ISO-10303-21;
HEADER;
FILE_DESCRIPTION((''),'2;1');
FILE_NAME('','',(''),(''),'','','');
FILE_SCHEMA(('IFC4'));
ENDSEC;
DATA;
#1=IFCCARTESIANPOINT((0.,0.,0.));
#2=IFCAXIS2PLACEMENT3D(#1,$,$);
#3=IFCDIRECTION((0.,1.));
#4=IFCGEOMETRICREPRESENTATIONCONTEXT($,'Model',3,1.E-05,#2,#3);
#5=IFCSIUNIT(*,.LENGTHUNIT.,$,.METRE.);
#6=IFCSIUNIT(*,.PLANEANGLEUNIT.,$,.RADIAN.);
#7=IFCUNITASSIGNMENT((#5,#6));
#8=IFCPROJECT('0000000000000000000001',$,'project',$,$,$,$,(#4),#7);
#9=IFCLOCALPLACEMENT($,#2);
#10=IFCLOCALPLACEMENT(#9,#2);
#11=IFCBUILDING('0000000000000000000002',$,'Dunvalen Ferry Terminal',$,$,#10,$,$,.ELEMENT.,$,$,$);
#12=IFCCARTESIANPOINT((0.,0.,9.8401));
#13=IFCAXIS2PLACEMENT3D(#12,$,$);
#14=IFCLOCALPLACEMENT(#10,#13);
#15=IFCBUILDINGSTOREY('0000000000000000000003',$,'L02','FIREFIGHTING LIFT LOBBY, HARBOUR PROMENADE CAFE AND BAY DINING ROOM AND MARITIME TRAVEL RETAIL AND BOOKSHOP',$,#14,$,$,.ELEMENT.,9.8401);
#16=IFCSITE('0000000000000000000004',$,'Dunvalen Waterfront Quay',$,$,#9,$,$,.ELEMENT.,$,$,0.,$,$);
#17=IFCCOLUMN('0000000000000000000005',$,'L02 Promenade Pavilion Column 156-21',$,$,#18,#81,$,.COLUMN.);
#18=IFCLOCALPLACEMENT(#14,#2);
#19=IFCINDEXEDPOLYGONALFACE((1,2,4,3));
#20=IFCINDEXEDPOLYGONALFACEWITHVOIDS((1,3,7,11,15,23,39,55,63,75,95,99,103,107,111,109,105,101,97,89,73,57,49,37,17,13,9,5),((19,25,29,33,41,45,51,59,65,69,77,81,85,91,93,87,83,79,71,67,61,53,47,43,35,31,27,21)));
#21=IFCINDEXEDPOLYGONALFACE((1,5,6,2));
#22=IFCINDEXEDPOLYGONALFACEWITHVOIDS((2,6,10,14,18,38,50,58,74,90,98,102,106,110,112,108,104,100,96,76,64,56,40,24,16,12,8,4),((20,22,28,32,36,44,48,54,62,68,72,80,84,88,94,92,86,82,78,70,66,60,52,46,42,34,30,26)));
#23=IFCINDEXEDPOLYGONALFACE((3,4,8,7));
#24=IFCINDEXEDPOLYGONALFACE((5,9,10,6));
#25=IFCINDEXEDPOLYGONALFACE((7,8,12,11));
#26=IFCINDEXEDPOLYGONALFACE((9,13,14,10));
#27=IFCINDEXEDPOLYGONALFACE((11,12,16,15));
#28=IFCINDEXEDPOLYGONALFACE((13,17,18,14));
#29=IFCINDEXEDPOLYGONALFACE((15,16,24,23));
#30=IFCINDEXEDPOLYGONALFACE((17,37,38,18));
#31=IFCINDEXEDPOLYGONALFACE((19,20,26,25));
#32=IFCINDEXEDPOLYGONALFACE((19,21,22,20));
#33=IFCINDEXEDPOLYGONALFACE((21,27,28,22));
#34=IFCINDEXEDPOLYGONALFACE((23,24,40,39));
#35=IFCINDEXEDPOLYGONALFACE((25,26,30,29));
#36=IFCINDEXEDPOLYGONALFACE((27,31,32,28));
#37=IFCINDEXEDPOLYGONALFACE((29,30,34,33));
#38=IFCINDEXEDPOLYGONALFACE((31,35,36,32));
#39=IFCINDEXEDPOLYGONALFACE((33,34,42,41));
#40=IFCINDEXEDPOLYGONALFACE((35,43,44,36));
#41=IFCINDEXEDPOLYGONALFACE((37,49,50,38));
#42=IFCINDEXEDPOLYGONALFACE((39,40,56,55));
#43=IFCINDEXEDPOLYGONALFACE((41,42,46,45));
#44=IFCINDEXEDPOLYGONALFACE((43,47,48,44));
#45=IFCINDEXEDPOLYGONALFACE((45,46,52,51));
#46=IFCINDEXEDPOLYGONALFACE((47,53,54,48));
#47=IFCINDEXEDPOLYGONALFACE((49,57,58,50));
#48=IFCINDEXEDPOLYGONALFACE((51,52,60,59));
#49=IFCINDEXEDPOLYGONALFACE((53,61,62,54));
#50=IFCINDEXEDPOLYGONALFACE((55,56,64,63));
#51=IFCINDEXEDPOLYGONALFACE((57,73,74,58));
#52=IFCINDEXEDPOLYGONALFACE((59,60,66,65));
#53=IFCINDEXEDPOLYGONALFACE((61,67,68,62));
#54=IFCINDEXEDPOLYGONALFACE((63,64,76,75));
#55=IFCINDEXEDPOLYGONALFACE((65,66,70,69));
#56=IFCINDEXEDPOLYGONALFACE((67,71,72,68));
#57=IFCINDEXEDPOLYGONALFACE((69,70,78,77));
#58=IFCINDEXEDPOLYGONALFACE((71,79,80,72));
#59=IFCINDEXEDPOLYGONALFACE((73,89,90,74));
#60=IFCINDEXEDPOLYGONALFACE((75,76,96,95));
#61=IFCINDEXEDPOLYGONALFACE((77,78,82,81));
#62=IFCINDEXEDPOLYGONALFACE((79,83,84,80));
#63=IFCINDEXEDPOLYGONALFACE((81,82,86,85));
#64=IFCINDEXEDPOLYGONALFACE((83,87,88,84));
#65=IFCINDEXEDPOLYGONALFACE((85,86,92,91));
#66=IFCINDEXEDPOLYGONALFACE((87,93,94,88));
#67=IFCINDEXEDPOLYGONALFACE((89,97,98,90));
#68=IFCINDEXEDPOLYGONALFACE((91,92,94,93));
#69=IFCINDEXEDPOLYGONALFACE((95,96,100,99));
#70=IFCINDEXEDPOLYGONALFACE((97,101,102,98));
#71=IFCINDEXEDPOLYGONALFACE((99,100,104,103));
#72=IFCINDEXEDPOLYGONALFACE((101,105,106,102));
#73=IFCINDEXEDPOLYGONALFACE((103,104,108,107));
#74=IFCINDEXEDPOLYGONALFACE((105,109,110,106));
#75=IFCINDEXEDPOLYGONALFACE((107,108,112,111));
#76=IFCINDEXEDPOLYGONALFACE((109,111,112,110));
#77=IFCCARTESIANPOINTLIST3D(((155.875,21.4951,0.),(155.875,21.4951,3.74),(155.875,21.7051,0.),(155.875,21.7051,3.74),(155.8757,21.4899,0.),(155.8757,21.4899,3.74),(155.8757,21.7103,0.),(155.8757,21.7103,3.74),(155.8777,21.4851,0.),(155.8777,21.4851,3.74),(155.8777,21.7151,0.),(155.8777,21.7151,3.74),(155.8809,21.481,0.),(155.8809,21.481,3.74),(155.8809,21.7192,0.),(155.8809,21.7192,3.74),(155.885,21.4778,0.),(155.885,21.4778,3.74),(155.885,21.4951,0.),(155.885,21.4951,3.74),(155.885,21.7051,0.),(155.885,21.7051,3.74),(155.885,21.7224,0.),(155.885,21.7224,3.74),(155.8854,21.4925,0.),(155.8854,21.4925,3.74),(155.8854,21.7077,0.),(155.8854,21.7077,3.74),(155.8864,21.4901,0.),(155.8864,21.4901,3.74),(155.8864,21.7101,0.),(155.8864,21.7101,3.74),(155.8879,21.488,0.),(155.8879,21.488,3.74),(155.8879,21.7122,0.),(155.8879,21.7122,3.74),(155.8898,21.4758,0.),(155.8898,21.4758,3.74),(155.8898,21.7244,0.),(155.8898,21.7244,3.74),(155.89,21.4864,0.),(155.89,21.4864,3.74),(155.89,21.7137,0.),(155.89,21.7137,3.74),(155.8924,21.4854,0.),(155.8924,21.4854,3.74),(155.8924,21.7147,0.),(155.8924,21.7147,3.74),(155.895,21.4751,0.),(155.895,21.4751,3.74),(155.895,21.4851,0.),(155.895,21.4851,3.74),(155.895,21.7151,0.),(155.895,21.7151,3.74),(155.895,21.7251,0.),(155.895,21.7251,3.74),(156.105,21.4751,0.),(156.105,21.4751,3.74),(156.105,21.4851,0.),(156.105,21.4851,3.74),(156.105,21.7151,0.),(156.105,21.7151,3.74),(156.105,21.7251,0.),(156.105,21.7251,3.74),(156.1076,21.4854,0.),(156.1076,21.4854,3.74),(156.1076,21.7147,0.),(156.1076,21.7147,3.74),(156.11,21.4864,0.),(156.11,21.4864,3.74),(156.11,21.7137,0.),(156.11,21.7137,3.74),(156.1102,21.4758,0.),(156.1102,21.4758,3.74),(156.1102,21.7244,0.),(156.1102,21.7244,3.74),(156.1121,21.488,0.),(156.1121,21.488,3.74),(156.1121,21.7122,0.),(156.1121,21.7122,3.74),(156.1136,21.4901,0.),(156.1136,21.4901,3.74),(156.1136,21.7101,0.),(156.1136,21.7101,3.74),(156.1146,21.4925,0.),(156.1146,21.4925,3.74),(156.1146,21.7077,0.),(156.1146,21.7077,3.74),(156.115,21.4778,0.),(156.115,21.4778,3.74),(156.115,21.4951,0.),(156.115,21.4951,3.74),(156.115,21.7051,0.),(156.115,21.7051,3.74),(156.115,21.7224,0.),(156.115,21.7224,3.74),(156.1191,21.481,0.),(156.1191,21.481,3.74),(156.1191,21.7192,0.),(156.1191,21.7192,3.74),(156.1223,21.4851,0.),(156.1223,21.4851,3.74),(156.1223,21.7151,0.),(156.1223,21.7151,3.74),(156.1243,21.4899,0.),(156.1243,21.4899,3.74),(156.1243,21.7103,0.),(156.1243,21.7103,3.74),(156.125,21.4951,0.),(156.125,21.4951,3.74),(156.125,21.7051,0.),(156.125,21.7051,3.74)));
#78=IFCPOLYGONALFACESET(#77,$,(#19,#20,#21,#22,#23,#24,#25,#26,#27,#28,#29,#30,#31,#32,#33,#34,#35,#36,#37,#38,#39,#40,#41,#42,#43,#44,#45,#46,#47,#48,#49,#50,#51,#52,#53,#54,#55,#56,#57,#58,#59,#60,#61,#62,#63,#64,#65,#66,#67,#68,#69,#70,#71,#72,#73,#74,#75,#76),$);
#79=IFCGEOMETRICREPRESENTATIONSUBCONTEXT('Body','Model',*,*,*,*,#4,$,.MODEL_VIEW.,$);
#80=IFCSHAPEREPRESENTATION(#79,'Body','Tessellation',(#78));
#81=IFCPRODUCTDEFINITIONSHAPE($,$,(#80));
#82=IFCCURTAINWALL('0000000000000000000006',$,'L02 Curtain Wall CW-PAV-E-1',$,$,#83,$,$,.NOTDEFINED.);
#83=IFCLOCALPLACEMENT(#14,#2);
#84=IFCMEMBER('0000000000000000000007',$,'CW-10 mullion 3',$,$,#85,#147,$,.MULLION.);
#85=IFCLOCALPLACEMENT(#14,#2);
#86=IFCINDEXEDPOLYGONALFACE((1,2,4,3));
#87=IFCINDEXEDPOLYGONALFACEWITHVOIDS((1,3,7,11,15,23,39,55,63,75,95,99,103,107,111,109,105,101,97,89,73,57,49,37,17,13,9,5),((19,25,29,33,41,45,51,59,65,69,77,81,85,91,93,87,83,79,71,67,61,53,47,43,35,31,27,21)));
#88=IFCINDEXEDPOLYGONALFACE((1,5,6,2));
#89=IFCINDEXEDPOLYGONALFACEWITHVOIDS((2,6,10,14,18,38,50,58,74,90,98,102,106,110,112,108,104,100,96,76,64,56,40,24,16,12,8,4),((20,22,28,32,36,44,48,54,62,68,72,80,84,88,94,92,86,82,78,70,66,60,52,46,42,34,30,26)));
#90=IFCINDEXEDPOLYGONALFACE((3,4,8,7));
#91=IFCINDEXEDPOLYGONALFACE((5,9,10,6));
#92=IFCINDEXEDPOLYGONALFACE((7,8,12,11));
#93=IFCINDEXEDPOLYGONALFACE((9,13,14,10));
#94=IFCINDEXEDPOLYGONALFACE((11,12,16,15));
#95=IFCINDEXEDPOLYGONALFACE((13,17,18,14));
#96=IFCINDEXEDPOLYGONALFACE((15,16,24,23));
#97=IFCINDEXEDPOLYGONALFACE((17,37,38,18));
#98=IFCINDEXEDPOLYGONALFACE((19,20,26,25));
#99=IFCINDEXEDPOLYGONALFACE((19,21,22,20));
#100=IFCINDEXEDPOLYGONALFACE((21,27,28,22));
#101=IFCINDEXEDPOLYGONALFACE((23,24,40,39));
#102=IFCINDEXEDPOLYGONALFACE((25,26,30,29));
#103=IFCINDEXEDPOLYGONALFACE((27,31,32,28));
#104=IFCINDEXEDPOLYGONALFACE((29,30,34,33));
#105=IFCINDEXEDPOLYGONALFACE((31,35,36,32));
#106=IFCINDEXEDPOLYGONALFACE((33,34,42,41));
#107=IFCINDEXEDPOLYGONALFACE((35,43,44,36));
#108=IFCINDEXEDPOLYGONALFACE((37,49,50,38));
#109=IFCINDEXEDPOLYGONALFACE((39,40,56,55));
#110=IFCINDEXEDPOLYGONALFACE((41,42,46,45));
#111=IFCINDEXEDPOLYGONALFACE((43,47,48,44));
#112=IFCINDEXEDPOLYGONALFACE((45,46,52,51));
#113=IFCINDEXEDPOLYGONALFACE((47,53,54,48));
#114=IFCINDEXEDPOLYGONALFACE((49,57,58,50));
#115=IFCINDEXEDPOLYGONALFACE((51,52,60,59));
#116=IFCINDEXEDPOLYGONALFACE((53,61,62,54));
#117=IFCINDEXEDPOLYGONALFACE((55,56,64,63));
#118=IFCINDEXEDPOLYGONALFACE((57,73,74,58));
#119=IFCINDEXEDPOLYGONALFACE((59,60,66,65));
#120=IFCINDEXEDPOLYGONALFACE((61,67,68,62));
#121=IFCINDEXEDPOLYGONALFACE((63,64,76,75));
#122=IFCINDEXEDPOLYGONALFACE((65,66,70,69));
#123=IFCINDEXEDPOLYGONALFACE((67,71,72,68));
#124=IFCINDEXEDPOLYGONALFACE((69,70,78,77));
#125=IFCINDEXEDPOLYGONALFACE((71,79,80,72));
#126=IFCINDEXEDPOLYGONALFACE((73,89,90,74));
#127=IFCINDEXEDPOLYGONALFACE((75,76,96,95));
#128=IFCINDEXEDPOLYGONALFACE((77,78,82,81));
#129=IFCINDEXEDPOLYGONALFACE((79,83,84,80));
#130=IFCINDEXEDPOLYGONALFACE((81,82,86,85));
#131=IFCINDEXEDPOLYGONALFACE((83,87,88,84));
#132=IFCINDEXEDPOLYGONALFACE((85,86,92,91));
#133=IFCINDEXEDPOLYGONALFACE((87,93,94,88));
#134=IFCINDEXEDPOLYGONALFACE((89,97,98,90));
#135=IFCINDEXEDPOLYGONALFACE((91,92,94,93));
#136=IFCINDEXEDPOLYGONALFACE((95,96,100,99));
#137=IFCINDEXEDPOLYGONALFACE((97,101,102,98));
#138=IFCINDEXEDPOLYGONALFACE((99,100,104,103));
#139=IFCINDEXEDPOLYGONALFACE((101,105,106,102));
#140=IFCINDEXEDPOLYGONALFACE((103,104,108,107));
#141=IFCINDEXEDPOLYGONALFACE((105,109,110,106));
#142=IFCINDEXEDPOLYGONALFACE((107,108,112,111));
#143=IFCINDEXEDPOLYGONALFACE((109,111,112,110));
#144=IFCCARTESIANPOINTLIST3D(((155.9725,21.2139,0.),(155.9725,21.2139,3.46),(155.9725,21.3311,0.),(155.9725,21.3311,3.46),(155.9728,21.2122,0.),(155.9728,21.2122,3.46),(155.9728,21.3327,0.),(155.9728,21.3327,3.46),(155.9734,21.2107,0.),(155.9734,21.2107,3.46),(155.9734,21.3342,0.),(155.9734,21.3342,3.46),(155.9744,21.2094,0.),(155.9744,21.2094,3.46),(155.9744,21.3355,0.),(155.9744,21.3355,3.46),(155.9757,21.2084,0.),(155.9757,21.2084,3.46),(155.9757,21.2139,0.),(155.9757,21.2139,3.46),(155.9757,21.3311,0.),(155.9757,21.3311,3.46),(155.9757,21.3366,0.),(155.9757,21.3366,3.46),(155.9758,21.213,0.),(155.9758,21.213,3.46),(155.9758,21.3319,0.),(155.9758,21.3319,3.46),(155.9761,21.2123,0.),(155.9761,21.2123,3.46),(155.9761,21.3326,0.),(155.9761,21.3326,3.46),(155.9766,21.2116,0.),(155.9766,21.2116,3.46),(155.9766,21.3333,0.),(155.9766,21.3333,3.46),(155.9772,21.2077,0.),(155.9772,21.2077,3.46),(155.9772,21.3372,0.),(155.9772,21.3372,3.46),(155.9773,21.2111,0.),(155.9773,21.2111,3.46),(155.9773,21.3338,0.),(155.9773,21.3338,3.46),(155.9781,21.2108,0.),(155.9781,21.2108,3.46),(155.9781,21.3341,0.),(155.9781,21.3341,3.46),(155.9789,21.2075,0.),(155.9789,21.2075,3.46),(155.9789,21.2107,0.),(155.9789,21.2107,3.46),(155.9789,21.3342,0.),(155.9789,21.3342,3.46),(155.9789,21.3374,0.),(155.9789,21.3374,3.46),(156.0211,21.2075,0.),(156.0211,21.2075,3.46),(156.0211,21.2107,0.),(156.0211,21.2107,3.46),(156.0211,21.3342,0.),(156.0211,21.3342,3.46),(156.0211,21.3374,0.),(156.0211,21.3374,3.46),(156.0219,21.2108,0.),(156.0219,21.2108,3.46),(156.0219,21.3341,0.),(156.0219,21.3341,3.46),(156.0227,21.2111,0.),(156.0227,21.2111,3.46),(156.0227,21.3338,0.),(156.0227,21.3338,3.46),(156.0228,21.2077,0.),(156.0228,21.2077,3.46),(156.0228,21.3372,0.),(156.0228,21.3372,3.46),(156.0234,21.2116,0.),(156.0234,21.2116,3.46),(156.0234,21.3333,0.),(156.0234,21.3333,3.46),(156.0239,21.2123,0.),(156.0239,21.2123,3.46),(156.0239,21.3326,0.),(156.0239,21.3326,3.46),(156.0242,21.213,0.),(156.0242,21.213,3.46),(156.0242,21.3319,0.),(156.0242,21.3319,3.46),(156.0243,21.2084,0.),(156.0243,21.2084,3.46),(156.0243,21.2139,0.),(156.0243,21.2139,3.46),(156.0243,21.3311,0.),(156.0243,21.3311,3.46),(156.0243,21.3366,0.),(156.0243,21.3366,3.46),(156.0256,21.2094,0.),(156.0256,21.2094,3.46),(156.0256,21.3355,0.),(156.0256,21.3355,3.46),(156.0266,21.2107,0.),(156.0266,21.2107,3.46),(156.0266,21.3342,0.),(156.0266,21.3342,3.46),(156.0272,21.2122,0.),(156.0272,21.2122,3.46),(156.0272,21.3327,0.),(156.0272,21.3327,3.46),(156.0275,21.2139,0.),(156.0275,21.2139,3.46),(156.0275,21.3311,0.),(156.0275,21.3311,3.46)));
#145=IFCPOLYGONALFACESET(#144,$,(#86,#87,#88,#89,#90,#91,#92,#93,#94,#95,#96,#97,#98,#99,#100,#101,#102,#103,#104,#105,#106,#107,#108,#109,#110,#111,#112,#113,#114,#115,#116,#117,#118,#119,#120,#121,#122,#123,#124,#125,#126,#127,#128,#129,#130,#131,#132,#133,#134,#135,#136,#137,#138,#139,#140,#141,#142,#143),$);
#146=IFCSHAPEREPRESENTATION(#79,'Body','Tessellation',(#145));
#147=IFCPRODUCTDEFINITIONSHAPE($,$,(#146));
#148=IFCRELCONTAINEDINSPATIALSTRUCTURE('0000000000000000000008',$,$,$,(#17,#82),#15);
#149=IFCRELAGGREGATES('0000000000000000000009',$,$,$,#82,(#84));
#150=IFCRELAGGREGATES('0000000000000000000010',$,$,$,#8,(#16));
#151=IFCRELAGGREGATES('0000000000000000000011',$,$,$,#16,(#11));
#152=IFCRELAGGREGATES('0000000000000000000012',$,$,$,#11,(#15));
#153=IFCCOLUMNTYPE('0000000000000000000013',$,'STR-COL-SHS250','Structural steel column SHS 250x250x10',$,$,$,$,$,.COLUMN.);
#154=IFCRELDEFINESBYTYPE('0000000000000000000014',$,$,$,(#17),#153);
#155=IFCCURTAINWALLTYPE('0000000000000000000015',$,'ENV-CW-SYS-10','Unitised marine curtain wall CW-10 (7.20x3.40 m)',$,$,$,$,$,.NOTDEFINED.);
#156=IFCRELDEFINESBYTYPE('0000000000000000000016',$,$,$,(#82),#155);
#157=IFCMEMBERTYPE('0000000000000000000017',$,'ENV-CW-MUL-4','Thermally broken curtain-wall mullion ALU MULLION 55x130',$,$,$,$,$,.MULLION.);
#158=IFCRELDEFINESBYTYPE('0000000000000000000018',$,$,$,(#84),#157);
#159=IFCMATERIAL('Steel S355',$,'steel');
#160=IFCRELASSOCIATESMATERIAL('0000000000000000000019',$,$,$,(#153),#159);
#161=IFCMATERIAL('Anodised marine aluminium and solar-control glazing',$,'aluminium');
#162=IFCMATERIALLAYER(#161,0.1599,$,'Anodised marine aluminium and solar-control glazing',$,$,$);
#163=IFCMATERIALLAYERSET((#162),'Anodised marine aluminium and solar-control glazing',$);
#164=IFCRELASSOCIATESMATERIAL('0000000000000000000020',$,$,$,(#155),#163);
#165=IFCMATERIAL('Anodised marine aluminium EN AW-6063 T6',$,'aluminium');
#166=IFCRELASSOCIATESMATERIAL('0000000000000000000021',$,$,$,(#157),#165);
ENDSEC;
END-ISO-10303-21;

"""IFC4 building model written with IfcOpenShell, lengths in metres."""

from ifc_helpers import new_model, si_unit, direction, frame, origin, origin_2d, place, context, subcontext, project, spatial, hollow_rectangle, extrude, material, layer, layer_set, material_profile, profile_set, type_object, element, aggregate, save


model = new_model("IFC4")

# Units and contexts
model_context = context("Model", 3, precision=1e-05, world=origin(), true_north=direction((0.0, 1.0)))
body_context = subcontext(model_context, "Body", "Model", "MODEL_VIEW")
ifc_project = project(units=[si_unit("LENGTHUNIT", "METRE"), si_unit("PLANEANGLEUNIT", "RADIAN")], contexts=[model_context])

# Site, building, storey
site_placement = place(None, origin())
site = spatial("IfcSite", under=ifc_project, at=site_placement, Name="Dunvalen Waterfront Quay", CompositionType="ELEMENT", RefElevation=0.0)
building_placement = place(site_placement, origin())
building = spatial("IfcBuilding", under=site, at=building_placement, Name="Dunvalen Ferry Terminal", CompositionType="ELEMENT")
storey_placement = place(building_placement, frame((0.0, 0.0, 9.8401)))
storey = spatial("IfcBuildingStorey", under=building, at=storey_placement, Name="L02", Description="FIREFIGHTING LIFT LOBBY, HARBOUR PROMENADE CAFE AND BAY DINING ROOM AND MARITIME TRAVEL RETAIL AND BOOKSHOP", CompositionType="ELEMENT", Elevation=9.8401)

# Column
ifc_material_1 = material(Name="Steel S355", Category="steel")
ifc_material_profile_1 = material_profile(ifc_material_1, hollow_rectangle(XDim=0.25, YDim=0.25, WallThickness=0.01, InnerFilletRadius=0.01, OuterFilletRadius=0.02, at=origin_2d()), Name="Steel S355")
ifc_profile_set_1 = profile_set([ifc_material_profile_1], Name="Steel S355")
column_type = type_object("IfcColumnType", Name="STR-COL-SHS250", Description="Structural steel column SHS 250x250x10", PredefinedType="COLUMN", material=ifc_profile_set_1)
column_placement = place(storey_placement, frame((156.0, 21.6001, 0.0), z_axis=(0.0, 0.0, 1.0), x_axis=(1.0, 0.0, 0.0)))
element("IfcColumn", 1, at=column_placement, inside=storey, type_object=column_type, Name="L02 Promenade Pavilion Column 156-21", PredefinedType="COLUMN", context=body_context, shape_type="SweptSolid", body=[
    extrude(hollow_rectangle(XDim=0.25, YDim=0.25, WallThickness=0.01, InnerFilletRadius=0.01, OuterFilletRadius=0.02, at=origin_2d()), origin(), (0.0, 0.0, 1.0), 3.74),
])

# Curtain wall, member
ifc_material_2 = material(Name="Anodised marine aluminium and solar-control glazing", Category="aluminium")
ifc_layer_1 = layer(ifc_material_2, 0.1599, Name="Anodised marine aluminium and solar-control glazing")
ifc_layer_set_1 = layer_set([ifc_layer_1], Name="Anodised marine aluminium and solar-control glazing")
curtain_wall_type = type_object("IfcCurtainWallType", Name="ENV-CW-SYS-10", Description="Unitised marine curtain wall CW-10 (7.20x3.40 m)", PredefinedType="NOTDEFINED", material=ifc_layer_set_1)
curtain_wall_1_placement = place(storey_placement, origin())
curtain_wall_1 = element("IfcCurtainWall", 2, at=curtain_wall_1_placement, inside=storey, type_object=curtain_wall_type, Name="L02 Curtain Wall CW-PAV-E-1", PredefinedType="NOTDEFINED")
ifc_material_3 = material(Name="Anodised marine aluminium EN AW-6063 T6", Category="aluminium")
ifc_material_profile_2 = material_profile(ifc_material_3, hollow_rectangle(XDim=0.0549, YDim=0.1299, WallThickness=0.0032, InnerFilletRadius=0.0032, OuterFilletRadius=0.0063, at=origin_2d()), Name="Anodised marine aluminium EN AW-6063 T6")
ifc_profile_set_2 = profile_set([ifc_material_profile_2], Name="Anodised marine aluminium EN AW-6063 T6")
member_type_1 = type_object("IfcMemberType", Name="ENV-CW-MUL-4", Description="Thermally broken curtain-wall mullion ALU MULLION 55x130", PredefinedType="MULLION", material=ifc_profile_set_2)
member_1_placement = place(storey_placement, frame((156.0, 21.2725, 0.0), z_axis=(0.0, 0.0, 1.0), x_axis=(-1.0, 0.0, 0.0)))
member_1 = element("IfcMember", 3, at=member_1_placement, type_object=member_type_1, Name="CW-10 mullion 3", PredefinedType="MULLION", context=body_context, shape_type="SweptSolid", body=[
    extrude(hollow_rectangle(XDim=0.0549, YDim=0.1299, WallThickness=0.0032, InnerFilletRadius=0.0032, OuterFilletRadius=0.0063, at=origin_2d()), origin(), (0.0, 0.0, 1.0), 3.46),
])

aggregate(curtain_wall_1, [member_1])

save(model, "model.ifc")
